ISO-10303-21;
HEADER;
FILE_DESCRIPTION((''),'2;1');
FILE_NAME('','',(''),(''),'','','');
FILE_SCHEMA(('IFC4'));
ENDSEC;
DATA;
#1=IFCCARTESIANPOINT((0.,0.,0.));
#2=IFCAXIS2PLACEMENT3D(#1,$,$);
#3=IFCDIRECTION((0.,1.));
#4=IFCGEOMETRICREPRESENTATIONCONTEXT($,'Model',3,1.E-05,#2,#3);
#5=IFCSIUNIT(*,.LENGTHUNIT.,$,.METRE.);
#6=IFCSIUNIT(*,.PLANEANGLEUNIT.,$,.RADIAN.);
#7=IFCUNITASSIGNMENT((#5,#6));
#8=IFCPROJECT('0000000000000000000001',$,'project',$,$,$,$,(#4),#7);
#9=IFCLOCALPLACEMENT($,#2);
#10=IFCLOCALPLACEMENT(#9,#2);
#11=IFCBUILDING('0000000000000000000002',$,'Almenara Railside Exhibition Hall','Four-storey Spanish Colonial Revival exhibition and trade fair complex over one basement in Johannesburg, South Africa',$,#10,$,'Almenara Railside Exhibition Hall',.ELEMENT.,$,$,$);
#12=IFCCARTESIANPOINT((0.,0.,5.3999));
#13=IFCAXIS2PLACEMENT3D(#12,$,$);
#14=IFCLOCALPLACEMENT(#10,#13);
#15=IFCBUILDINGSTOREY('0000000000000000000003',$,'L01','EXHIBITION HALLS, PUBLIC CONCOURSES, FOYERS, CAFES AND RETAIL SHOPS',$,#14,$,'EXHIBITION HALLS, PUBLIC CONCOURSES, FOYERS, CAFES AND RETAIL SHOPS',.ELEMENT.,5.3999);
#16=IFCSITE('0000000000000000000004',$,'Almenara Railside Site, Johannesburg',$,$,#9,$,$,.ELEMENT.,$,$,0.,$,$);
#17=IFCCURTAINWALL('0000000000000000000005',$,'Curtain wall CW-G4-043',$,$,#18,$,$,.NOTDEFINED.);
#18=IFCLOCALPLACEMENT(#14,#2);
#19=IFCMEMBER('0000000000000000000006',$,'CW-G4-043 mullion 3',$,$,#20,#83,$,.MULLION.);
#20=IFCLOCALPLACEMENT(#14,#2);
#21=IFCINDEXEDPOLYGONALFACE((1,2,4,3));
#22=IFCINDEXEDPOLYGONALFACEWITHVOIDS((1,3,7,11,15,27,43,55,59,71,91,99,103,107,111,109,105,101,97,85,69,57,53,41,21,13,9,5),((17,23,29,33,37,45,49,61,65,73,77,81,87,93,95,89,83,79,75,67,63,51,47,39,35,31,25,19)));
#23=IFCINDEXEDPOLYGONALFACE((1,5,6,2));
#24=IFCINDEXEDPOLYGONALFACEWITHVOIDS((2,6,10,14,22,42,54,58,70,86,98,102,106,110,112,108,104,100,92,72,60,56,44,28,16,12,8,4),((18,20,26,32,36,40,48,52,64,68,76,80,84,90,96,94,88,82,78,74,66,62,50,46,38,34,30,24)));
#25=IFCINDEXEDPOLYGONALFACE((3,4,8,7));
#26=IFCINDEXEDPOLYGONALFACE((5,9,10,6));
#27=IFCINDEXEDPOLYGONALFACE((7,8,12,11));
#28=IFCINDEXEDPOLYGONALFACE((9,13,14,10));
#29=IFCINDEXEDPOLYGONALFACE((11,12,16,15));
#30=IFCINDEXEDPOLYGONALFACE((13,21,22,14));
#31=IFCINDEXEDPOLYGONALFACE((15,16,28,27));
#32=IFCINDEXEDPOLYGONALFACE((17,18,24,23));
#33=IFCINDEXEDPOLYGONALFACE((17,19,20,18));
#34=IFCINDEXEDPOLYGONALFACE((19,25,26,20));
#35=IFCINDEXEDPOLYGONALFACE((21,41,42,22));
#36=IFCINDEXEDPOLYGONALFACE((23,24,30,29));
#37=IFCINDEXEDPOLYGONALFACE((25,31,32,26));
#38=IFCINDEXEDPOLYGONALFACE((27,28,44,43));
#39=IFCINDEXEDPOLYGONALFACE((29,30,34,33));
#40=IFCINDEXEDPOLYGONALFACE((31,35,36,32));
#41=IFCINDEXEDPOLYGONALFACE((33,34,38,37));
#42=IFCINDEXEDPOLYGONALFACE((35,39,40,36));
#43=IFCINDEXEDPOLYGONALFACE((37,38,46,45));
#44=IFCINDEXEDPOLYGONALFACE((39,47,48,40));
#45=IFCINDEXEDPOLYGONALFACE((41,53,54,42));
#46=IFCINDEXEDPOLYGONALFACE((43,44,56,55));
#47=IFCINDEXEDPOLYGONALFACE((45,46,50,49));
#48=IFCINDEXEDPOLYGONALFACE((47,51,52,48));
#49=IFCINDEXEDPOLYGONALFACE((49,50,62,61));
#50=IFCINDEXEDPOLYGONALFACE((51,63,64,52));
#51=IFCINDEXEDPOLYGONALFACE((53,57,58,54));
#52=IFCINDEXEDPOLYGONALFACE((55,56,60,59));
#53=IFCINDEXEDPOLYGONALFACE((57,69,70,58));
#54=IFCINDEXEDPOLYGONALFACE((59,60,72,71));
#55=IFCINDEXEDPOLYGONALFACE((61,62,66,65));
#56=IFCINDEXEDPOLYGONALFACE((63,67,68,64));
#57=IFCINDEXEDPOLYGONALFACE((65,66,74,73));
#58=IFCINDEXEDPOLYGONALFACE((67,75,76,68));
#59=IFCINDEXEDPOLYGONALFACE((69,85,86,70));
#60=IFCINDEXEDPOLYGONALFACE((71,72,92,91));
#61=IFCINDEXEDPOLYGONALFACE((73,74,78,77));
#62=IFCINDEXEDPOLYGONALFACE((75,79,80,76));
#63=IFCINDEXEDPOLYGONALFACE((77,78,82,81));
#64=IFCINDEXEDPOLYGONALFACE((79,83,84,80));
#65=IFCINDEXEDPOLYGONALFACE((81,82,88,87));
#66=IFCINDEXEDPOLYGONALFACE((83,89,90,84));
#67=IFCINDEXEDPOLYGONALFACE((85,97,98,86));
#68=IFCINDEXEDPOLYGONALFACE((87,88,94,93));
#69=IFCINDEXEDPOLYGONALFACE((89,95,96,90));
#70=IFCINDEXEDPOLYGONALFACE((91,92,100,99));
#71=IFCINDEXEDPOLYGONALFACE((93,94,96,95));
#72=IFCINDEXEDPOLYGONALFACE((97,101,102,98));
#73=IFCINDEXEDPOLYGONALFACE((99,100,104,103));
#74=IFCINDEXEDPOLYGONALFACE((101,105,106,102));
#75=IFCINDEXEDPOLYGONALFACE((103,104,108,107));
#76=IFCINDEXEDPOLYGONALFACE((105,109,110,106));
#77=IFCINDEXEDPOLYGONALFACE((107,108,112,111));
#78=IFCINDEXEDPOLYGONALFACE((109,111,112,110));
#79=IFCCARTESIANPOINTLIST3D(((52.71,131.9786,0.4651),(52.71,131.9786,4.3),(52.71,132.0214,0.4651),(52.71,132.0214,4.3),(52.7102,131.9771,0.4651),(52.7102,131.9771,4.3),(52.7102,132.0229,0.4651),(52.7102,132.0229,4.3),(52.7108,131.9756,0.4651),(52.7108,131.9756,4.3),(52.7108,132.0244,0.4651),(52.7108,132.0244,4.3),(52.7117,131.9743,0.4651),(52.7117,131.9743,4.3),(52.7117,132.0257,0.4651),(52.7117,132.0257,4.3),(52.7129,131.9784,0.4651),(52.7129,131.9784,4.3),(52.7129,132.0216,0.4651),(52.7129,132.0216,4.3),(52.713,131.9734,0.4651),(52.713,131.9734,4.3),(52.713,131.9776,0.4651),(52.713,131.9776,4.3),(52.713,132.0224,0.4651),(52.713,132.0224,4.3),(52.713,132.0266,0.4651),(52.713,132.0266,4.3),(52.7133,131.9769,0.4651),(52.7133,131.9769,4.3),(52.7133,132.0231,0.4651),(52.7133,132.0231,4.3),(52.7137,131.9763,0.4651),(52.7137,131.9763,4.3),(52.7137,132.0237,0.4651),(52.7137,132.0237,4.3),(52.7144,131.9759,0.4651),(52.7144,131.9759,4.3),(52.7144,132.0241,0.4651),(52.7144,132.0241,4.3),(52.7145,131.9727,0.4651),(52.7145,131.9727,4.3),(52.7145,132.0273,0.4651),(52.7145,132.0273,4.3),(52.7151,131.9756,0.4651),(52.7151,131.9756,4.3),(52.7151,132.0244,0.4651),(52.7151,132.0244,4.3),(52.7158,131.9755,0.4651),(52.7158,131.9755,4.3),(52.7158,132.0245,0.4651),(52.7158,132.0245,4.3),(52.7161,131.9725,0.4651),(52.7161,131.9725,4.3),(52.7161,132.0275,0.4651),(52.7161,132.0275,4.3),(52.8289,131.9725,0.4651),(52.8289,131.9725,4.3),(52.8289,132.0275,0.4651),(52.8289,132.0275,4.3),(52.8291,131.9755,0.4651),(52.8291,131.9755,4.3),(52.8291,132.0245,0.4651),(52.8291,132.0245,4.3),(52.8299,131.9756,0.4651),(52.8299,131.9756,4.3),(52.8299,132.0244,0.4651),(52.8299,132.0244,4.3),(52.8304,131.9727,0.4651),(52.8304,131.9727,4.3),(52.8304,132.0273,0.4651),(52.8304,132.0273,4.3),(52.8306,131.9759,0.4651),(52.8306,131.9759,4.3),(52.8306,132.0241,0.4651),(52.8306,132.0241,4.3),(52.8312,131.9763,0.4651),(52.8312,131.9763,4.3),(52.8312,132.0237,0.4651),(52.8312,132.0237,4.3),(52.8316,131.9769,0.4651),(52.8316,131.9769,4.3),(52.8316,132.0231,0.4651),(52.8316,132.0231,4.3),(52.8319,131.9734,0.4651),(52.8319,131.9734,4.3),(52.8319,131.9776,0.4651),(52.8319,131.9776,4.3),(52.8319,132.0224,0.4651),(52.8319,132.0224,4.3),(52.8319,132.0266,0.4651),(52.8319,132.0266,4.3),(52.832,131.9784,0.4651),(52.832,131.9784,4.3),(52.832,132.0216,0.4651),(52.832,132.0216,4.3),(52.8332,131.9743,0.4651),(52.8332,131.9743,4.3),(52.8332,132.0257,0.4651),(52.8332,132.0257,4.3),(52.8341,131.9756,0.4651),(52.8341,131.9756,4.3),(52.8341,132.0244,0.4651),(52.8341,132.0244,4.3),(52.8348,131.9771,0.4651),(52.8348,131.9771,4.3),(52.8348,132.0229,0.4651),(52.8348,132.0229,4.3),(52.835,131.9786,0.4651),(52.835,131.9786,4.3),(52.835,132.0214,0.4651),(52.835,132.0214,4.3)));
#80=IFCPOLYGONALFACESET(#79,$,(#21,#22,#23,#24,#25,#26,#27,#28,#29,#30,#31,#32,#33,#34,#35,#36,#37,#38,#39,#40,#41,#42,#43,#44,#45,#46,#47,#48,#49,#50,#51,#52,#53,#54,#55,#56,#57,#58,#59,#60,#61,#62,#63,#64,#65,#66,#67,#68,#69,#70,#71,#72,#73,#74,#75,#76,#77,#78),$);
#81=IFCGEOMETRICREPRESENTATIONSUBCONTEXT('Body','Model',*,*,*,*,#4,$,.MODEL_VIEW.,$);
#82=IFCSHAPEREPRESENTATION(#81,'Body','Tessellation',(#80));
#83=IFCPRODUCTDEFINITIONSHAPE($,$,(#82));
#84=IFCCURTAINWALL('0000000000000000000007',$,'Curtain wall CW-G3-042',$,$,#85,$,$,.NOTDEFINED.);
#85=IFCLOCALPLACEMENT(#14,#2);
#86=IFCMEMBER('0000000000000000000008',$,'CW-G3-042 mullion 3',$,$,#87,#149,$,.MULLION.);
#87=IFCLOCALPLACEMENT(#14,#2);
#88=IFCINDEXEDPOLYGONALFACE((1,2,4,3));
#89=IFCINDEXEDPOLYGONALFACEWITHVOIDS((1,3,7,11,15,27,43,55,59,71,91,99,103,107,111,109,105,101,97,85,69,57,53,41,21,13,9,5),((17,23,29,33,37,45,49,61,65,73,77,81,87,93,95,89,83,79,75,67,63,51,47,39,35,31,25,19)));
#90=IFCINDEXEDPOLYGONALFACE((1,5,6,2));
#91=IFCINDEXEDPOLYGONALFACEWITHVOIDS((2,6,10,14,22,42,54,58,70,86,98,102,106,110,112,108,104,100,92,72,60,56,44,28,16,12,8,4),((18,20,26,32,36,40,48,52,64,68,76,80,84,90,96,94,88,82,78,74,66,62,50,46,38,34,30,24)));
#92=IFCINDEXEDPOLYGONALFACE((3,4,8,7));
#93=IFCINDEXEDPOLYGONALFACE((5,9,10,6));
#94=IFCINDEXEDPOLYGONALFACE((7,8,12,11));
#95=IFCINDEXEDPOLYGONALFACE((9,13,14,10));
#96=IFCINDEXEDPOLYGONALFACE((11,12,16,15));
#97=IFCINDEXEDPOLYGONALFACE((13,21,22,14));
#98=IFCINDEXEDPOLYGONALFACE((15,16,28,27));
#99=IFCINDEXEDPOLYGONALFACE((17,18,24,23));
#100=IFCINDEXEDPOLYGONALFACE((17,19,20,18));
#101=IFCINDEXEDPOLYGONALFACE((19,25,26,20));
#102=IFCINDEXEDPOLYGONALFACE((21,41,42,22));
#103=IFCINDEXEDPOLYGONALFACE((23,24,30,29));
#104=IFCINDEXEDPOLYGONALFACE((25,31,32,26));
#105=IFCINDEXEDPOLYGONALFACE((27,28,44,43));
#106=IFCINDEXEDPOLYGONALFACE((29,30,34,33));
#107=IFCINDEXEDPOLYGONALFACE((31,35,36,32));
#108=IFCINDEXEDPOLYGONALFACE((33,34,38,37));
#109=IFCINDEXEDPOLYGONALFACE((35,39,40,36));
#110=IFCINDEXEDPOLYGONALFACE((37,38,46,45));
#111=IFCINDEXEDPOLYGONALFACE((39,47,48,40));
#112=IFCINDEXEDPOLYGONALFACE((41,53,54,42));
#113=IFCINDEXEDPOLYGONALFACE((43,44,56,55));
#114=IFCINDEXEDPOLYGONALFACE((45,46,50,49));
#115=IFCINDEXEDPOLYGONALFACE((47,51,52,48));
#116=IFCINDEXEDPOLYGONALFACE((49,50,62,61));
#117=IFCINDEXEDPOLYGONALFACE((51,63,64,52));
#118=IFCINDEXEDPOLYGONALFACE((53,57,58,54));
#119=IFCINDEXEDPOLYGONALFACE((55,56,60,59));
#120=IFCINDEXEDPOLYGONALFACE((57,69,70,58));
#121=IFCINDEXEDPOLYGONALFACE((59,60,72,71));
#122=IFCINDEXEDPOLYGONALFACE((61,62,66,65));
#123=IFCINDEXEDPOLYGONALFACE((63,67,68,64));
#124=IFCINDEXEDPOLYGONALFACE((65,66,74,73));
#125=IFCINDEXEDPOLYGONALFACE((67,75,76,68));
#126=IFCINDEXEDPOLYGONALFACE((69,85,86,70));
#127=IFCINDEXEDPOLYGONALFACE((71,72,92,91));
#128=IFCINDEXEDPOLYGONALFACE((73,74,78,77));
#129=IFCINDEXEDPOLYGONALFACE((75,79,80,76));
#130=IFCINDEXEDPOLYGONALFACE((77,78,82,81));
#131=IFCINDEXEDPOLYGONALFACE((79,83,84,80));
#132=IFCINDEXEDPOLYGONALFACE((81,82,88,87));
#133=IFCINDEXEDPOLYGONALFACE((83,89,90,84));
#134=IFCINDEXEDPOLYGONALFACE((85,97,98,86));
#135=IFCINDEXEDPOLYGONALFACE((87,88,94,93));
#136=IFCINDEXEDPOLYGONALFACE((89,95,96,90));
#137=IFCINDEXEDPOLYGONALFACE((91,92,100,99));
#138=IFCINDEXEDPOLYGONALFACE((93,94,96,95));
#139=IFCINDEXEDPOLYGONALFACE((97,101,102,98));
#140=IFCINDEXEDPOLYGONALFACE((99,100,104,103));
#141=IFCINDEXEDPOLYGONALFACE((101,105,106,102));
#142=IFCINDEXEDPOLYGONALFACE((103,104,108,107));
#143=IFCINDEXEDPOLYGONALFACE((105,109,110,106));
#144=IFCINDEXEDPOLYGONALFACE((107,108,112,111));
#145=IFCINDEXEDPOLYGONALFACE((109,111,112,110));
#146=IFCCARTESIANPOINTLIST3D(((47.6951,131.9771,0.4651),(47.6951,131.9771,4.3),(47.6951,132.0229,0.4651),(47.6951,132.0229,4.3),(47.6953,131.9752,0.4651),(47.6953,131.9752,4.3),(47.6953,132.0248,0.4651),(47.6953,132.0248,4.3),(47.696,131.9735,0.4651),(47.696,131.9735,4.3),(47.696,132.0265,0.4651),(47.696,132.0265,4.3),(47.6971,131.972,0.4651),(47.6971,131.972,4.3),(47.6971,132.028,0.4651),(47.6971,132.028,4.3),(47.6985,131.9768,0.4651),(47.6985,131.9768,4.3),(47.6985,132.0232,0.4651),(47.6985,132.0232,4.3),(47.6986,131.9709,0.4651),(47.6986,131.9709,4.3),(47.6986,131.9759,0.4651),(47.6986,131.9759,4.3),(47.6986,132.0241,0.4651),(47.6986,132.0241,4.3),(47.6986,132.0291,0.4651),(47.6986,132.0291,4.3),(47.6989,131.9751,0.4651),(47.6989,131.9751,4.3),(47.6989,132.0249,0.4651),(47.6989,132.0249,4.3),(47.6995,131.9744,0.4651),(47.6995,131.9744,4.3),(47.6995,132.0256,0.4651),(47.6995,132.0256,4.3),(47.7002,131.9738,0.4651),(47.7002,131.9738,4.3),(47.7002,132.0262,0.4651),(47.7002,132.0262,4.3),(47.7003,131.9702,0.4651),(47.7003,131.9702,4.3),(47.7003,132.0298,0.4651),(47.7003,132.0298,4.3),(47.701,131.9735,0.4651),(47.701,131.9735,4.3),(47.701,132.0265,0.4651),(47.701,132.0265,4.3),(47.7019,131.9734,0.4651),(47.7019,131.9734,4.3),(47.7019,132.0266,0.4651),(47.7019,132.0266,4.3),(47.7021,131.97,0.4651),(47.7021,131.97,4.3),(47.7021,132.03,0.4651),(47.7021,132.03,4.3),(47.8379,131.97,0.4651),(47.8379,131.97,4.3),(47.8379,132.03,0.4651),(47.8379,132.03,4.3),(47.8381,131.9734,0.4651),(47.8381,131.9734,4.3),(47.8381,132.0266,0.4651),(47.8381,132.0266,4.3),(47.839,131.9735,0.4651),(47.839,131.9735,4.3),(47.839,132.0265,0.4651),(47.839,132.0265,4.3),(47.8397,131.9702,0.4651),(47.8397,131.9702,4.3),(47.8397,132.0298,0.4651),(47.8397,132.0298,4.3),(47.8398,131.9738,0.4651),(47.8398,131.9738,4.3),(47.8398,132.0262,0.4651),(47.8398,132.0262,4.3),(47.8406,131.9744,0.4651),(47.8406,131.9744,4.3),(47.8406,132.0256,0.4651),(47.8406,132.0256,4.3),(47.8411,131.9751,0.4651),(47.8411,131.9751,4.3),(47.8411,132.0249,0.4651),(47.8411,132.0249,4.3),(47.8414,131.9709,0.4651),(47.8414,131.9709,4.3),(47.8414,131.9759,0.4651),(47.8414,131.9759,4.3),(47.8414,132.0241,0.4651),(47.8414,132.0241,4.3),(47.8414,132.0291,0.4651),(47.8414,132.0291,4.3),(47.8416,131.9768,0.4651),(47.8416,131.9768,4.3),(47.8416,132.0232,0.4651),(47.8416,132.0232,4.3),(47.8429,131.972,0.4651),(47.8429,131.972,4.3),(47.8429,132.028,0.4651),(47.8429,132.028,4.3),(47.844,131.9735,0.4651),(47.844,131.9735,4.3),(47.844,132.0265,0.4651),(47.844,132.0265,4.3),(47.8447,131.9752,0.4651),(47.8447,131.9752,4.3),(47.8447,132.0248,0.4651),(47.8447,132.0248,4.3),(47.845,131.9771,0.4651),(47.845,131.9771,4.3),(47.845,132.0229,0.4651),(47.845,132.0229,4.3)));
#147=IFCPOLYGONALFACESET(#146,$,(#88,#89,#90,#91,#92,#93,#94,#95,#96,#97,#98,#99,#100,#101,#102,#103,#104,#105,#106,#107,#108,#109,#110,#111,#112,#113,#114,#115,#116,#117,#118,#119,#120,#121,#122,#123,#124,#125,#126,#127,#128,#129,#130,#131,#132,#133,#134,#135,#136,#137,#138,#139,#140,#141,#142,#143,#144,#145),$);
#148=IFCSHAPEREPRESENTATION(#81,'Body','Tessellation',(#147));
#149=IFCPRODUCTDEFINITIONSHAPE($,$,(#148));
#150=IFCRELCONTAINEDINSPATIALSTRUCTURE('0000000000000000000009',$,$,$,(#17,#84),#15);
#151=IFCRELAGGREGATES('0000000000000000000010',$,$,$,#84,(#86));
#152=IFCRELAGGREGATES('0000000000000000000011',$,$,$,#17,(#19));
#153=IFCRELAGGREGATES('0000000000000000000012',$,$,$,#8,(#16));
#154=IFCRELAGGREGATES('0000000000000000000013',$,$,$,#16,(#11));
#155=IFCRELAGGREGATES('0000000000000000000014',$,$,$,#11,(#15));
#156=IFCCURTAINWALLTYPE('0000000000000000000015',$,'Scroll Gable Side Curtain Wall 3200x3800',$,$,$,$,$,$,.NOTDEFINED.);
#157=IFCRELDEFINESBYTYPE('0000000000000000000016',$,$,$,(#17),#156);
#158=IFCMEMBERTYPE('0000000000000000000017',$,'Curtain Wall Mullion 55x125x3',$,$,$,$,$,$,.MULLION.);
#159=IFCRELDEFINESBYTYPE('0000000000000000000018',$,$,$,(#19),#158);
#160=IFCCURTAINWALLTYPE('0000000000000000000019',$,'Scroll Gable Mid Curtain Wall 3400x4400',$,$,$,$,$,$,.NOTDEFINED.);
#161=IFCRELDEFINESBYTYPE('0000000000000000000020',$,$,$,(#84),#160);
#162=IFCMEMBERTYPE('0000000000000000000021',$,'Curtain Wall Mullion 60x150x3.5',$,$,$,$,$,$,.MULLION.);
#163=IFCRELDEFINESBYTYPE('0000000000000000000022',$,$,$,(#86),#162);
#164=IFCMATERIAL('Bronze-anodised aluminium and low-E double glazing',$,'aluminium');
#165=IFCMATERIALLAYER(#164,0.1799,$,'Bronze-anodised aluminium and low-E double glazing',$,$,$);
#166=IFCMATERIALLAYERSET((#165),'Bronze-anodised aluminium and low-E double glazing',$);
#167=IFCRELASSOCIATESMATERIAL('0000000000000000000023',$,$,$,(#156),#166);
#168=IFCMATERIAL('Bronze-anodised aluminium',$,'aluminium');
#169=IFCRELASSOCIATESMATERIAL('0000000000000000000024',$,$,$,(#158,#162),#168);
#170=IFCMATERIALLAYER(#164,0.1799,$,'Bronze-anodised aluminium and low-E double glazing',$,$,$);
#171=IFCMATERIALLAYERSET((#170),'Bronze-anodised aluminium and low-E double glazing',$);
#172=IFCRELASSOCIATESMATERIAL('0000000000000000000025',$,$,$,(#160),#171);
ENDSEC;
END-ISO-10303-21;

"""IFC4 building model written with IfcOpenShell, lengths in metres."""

from ifc_helpers import new_model, si_unit, direction, frame, origin, origin_2d, place, context, subcontext, project, spatial, hollow_rectangle, extrude, material, layer, layer_set, material_profile, profile_set, type_object, element, aggregate, save


model = new_model("IFC4")

# Units and contexts
model_context = context("Model", 3, precision=1e-05, world=origin(), true_north=direction((0.0, 1.0)))
body_context = subcontext(model_context, "Body", "Model", "MODEL_VIEW")
ifc_project = project(units=[si_unit("LENGTHUNIT", "METRE"), si_unit("PLANEANGLEUNIT", "RADIAN")], contexts=[model_context])

# Site, building, storey
site_placement = place(None, origin())
site = spatial("IfcSite", under=ifc_project, at=site_placement, Name="Almenara Railside Site, Johannesburg", CompositionType="ELEMENT", RefElevation=0.0)
building_placement = place(site_placement, origin())
building = spatial("IfcBuilding", under=site, at=building_placement, Name="Almenara Railside Exhibition Hall", Description="Four-storey Spanish Colonial Revival exhibition and trade fair complex over one basement in Johannesburg, South Africa", LongName="Almenara Railside Exhibition Hall", CompositionType="ELEMENT")
storey_placement = place(building_placement, frame((0.0, 0.0, 5.3999)))
storey = spatial("IfcBuildingStorey", under=building, at=storey_placement, Name="L01", Description="EXHIBITION HALLS, PUBLIC CONCOURSES, FOYERS, CAFES AND RETAIL SHOPS", LongName="EXHIBITION HALLS, PUBLIC CONCOURSES, FOYERS, CAFES AND RETAIL SHOPS", CompositionType="ELEMENT", Elevation=5.3999)

# Curtain wall, member
ifc_material_1 = material(Name="Bronze-anodised aluminium and low-E double glazing", Category="aluminium")
ifc_layer_1 = layer(ifc_material_1, 0.1799, Name="Bronze-anodised aluminium and low-E double glazing")
ifc_layer_set_1 = layer_set([ifc_layer_1], Name="Bronze-anodised aluminium and low-E double glazing")
curtain_wall_type_1 = type_object("IfcCurtainWallType", Name="Scroll Gable Side Curtain Wall 3200x3800", PredefinedType="NOTDEFINED", material=ifc_layer_set_1)
curtain_wall_1_placement = place(storey_placement, origin())
curtain_wall_1 = element("IfcCurtainWall", 1, at=curtain_wall_1_placement, inside=storey, type_object=curtain_wall_type_1, Name="Curtain wall CW-G4-043", PredefinedType="NOTDEFINED")
ifc_material_2 = material(Name="Bronze-anodised aluminium", Category="aluminium")
ifc_material_profile_1 = material_profile(ifc_material_2, hollow_rectangle(XDim=0.0549, YDim=0.125, WallThickness=0.0029, InnerFilletRadius=0.0029, OuterFilletRadius=0.0061, at=origin_2d()), Name="ALU-MUL 55x125x3")
ifc_profile_set_1 = profile_set([ifc_material_profile_1], Name="Bronze-anodised aluminium")
member_type_1 = type_object("IfcMemberType", Name="Curtain Wall Mullion 55x125x3", PredefinedType="MULLION", material=ifc_profile_set_1)
member_1_placement = place(storey_placement, frame((52.7725, 132.0, 0.4651), z_axis=(0.0, 0.0, 1.0), x_axis=(0.0, 1.0, 0.0)))
member_1 = element("IfcMember", 2, at=member_1_placement, type_object=member_type_1, Name="CW-G4-043 mullion 3", PredefinedType="MULLION", context=body_context, shape_type="SweptSolid", body=[
    extrude(hollow_rectangle(XDim=0.0549, YDim=0.125, WallThickness=0.0029, InnerFilletRadius=0.0029, OuterFilletRadius=0.0061, at=origin_2d()), origin(), (0.0, 0.0, 1.0), 3.835),
])

# Curtain wall, member
ifc_layer_2 = layer(ifc_material_1, 0.1799, Name="Bronze-anodised aluminium and low-E double glazing")
ifc_layer_set_2 = layer_set([ifc_layer_2], Name="Bronze-anodised aluminium and low-E double glazing")
curtain_wall_type_2 = type_object("IfcCurtainWallType", Name="Scroll Gable Mid Curtain Wall 3400x4400", PredefinedType="NOTDEFINED", material=ifc_layer_set_2)
curtain_wall_2_placement = place(storey_placement, origin())
curtain_wall_2 = element("IfcCurtainWall", 3, at=curtain_wall_2_placement, inside=storey, type_object=curtain_wall_type_2, Name="Curtain wall CW-G3-042", PredefinedType="NOTDEFINED")
ifc_material_profile_2 = material_profile(ifc_material_2, hollow_rectangle(XDim=0.0601, YDim=0.1499, WallThickness=0.0034, InnerFilletRadius=0.0034, OuterFilletRadius=0.0071, at=origin_2d()), Name="ALU-MUL 60x150x3.5")
ifc_profile_set_2 = profile_set([ifc_material_profile_2], Name="Bronze-anodised aluminium")
member_type_2 = type_object("IfcMemberType", Name="Curtain Wall Mullion 60x150x3.5", PredefinedType="MULLION", material=ifc_profile_set_2)
member_2_placement = place(storey_placement, frame((47.77, 132.0, 0.4651), z_axis=(0.0, 0.0, 1.0), x_axis=(0.0, 1.0, 0.0)))
member_2 = element("IfcMember", 4, at=member_2_placement, type_object=member_type_2, Name="CW-G3-042 mullion 3", PredefinedType="MULLION", context=body_context, shape_type="SweptSolid", body=[
    extrude(hollow_rectangle(XDim=0.0601, YDim=0.1499, WallThickness=0.0034, InnerFilletRadius=0.0034, OuterFilletRadius=0.0071, at=origin_2d()), origin(), (0.0, 0.0, 1.0), 3.835),
])

aggregate(curtain_wall_2, [member_2])
aggregate(curtain_wall_1, [member_1])

save(model, "model.ifc")
